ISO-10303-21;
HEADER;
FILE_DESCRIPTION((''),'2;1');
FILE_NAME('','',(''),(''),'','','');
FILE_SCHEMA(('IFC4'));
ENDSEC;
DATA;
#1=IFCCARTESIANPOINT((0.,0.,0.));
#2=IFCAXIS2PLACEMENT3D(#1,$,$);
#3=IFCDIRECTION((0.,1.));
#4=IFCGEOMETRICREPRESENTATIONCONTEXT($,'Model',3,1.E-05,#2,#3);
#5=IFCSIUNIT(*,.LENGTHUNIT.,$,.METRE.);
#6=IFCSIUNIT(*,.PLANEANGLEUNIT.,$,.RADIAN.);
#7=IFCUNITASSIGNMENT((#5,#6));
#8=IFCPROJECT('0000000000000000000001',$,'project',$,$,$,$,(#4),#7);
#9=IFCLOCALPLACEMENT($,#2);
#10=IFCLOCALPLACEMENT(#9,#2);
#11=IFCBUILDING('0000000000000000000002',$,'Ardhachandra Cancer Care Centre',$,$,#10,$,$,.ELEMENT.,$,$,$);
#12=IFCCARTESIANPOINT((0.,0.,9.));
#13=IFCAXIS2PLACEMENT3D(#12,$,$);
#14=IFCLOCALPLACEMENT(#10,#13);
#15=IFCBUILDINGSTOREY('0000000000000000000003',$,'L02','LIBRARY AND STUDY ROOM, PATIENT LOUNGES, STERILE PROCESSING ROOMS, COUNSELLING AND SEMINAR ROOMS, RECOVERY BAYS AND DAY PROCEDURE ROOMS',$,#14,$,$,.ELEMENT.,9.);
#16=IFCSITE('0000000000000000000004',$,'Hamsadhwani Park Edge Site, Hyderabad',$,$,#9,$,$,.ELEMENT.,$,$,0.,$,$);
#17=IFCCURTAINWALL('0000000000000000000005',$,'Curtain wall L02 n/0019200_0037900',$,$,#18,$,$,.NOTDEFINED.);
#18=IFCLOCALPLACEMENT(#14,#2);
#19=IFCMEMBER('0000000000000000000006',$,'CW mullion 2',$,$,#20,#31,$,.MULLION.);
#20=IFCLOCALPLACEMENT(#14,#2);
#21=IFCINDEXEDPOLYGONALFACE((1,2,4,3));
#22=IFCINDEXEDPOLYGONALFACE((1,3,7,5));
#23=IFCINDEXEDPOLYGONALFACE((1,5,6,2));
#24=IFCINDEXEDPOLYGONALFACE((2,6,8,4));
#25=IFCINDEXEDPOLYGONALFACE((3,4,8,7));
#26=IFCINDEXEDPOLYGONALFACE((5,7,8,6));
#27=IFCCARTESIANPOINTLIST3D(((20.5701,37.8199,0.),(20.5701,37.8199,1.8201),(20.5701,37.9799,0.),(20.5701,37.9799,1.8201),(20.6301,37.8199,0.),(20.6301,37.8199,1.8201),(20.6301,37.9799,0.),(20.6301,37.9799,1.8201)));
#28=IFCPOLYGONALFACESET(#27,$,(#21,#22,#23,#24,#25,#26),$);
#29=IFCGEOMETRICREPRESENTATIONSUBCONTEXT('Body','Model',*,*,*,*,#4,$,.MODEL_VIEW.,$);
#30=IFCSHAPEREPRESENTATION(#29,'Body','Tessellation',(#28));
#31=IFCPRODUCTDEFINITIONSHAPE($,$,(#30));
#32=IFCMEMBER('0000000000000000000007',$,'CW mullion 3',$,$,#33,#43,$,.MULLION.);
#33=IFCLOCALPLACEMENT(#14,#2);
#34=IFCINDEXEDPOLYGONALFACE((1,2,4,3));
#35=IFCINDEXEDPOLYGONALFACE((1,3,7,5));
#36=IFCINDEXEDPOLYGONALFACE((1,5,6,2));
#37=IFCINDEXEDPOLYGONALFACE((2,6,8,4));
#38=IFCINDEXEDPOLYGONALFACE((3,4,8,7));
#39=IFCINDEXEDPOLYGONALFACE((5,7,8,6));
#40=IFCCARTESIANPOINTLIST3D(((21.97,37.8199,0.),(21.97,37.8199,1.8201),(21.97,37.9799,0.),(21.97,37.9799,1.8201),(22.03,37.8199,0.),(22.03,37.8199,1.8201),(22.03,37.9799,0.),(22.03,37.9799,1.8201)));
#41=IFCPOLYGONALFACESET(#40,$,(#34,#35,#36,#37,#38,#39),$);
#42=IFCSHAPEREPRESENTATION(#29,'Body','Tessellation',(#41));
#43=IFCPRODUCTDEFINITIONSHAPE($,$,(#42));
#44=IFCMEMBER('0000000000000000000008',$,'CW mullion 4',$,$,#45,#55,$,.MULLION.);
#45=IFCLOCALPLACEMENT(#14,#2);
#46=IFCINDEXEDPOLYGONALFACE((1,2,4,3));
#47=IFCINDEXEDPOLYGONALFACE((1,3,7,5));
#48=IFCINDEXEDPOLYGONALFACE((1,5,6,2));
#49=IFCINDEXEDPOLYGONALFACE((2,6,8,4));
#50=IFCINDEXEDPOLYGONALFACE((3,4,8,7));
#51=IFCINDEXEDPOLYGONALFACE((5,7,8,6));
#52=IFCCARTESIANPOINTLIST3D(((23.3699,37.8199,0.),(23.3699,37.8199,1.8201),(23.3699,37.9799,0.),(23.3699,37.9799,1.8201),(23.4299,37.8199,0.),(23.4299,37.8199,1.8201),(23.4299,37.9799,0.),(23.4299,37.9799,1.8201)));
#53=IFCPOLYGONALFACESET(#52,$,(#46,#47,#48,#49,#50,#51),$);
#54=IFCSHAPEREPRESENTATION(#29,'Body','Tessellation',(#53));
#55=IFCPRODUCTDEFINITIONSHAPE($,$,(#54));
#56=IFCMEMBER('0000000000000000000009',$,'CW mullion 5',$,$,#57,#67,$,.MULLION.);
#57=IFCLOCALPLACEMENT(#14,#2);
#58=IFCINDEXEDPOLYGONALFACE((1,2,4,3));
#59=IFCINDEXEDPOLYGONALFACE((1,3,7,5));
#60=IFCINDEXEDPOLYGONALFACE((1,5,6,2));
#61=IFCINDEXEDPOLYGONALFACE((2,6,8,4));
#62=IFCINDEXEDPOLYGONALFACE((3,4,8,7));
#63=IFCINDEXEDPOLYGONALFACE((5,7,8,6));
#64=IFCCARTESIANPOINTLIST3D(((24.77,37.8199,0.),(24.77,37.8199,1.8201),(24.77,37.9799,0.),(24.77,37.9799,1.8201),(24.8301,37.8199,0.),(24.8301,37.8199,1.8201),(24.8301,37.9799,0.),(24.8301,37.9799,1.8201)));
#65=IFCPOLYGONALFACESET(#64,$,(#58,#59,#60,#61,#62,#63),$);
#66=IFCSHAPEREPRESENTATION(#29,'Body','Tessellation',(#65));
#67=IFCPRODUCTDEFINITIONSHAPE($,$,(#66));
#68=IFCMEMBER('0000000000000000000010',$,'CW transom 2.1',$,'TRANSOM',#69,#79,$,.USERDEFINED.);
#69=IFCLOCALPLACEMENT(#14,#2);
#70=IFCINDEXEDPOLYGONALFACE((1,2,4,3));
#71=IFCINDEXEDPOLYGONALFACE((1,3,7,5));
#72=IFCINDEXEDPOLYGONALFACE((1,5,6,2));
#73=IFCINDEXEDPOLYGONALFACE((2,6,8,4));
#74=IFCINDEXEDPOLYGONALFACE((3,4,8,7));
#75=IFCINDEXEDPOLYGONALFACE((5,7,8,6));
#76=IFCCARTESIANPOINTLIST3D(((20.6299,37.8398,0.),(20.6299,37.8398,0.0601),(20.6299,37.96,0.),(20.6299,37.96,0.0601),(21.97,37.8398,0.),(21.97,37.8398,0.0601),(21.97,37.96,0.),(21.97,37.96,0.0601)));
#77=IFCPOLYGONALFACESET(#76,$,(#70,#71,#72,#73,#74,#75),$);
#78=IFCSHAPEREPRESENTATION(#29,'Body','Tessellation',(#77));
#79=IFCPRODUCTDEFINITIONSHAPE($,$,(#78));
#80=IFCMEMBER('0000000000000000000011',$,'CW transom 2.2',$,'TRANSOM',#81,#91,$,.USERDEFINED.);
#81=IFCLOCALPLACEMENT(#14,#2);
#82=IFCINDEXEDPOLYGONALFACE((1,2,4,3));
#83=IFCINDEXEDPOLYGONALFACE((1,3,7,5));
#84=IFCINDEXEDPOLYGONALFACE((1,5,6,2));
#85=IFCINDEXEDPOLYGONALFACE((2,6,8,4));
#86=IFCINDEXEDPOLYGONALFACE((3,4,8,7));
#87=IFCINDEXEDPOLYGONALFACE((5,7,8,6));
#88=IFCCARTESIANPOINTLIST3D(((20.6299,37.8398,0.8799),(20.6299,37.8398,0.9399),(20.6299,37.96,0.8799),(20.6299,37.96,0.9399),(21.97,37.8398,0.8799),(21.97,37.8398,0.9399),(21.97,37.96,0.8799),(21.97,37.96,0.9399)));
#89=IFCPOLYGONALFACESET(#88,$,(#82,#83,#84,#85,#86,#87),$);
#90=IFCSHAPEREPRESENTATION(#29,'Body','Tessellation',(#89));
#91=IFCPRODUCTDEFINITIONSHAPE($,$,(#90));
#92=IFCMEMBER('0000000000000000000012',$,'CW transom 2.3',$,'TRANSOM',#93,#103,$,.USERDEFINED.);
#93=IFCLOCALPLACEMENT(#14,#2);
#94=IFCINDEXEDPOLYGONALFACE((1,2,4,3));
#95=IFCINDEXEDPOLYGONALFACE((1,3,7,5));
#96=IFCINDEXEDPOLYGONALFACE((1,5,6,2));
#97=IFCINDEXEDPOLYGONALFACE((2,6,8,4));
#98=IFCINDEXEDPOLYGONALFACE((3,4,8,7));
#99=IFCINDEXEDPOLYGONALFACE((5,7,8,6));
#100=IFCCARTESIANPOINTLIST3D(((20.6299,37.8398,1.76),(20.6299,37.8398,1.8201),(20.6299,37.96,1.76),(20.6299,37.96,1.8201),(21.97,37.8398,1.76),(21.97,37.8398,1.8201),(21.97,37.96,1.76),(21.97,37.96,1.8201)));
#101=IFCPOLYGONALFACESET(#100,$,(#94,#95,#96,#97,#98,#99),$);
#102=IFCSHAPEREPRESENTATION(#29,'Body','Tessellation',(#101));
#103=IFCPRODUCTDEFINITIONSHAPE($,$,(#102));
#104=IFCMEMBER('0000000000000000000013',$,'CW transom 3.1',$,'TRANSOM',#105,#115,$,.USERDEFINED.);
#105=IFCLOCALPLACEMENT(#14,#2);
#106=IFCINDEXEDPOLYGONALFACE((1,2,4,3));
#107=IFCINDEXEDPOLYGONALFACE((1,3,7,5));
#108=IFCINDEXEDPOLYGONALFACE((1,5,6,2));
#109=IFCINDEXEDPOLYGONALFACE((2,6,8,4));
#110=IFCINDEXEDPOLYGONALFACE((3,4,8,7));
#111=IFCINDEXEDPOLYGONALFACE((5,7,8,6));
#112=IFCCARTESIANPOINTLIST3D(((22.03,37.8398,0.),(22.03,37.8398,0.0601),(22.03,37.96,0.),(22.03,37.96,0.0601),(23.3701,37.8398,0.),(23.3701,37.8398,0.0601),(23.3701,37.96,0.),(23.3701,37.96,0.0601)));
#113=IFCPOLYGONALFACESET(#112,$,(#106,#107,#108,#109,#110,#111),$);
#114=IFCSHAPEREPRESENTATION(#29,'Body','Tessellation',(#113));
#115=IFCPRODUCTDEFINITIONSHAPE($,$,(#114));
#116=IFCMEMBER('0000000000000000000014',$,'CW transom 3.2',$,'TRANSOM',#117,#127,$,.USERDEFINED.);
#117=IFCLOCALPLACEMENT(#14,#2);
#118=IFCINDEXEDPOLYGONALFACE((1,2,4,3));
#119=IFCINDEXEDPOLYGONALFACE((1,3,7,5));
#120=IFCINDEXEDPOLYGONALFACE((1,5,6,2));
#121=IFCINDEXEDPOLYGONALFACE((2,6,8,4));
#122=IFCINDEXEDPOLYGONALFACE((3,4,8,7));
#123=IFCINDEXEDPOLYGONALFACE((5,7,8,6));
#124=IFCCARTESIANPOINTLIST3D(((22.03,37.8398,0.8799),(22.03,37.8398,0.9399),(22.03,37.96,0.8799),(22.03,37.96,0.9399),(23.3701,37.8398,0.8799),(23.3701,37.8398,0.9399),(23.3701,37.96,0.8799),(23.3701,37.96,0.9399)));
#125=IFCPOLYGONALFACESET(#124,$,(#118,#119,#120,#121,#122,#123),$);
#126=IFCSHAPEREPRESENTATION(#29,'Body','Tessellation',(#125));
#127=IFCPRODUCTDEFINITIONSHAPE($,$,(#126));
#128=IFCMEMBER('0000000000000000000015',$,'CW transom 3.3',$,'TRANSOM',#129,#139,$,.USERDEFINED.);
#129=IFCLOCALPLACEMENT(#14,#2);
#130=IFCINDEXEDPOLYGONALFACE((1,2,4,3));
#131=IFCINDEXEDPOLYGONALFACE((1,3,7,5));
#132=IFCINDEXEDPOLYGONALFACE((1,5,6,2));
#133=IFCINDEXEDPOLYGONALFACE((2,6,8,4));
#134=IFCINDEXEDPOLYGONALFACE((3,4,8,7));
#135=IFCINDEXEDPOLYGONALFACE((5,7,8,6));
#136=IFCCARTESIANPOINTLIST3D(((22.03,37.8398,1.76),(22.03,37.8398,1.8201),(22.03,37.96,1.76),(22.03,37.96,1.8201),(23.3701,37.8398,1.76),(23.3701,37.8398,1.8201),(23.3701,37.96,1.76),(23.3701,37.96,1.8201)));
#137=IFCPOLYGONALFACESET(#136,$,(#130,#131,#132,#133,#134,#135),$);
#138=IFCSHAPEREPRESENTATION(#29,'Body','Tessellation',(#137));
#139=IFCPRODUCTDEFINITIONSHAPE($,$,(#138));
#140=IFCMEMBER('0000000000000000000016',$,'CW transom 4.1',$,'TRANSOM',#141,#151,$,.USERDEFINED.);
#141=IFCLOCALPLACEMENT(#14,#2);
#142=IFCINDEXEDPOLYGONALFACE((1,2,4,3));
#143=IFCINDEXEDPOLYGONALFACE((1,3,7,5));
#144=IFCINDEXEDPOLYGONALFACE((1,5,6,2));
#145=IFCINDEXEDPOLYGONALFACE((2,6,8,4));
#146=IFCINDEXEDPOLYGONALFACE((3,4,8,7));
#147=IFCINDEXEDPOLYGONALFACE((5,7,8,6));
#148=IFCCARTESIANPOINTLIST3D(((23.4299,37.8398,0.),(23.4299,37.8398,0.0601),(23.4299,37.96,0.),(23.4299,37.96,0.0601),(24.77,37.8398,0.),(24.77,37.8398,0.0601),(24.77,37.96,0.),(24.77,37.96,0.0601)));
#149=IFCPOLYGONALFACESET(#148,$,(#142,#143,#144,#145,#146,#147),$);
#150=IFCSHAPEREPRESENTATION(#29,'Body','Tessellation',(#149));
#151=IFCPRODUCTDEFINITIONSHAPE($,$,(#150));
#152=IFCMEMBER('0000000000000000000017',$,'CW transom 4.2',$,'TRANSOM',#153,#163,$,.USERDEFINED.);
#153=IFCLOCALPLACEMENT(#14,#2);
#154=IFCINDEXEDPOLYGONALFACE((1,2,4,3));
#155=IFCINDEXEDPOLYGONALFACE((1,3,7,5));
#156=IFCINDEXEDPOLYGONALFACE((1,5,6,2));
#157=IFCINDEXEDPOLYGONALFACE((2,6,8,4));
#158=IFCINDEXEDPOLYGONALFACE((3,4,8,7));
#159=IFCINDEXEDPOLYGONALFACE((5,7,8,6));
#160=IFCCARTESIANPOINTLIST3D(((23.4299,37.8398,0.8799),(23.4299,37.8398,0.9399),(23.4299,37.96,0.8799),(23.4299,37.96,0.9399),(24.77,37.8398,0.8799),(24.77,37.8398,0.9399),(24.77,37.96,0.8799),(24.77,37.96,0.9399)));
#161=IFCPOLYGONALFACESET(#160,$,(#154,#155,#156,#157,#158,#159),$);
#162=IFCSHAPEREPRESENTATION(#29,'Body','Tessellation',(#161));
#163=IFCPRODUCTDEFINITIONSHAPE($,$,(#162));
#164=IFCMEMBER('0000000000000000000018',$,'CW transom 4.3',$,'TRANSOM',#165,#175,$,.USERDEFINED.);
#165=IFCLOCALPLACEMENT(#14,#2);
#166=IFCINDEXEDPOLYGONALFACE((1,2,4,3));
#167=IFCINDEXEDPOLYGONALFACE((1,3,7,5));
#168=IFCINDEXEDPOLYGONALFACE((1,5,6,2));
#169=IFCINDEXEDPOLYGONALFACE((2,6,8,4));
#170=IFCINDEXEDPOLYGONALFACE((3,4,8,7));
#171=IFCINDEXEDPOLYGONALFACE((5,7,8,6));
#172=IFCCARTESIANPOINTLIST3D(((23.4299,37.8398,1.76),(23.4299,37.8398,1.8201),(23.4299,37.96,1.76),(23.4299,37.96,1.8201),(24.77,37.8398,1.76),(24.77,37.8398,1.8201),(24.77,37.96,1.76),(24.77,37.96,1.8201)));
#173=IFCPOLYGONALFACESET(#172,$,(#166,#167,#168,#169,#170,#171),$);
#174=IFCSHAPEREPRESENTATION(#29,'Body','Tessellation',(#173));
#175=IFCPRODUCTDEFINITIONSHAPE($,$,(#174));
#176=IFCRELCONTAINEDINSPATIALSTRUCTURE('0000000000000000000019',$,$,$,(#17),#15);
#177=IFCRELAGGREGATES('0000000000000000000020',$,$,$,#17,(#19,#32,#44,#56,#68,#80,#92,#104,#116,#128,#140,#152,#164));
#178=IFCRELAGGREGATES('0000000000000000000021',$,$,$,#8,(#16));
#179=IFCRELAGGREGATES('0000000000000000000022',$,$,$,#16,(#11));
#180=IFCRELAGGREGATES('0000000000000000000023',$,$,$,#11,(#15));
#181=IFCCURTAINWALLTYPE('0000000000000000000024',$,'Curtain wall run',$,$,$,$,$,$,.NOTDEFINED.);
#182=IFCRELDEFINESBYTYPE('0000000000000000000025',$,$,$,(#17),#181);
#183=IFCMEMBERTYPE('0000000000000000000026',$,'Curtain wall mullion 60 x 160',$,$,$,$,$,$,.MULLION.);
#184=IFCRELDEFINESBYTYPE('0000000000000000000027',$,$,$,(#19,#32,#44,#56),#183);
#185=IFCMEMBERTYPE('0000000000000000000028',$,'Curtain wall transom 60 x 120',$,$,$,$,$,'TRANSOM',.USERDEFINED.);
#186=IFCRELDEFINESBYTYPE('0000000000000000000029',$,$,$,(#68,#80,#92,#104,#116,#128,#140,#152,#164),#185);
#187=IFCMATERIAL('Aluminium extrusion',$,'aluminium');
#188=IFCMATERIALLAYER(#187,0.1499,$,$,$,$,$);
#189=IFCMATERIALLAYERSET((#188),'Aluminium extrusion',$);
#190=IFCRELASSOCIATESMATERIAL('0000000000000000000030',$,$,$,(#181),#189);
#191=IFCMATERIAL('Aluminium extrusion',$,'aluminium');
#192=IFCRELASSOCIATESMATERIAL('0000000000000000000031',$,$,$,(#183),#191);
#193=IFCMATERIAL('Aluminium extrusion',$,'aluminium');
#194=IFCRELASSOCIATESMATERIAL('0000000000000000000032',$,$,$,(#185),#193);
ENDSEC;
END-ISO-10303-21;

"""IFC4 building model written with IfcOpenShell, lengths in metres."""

from ifc_helpers import new_model, si_unit, direction, frame, origin, origin_2d, place, context, subcontext, project, spatial, rectangle, extrude, material, layer, layer_set, material_profile, profile_set, type_object, element, aggregate, save


model = new_model("IFC4")

# Units and contexts
model_context = context("Model", 3, precision=1e-05, world=origin(), true_north=direction((0.0, 1.0)))
body_context = subcontext(model_context, "Body", "Model", "MODEL_VIEW")
ifc_project = project(units=[si_unit("LENGTHUNIT", "METRE"), si_unit("PLANEANGLEUNIT", "RADIAN")], contexts=[model_context])

# Site, building, storey
site_placement = place(None, origin())
site = spatial("IfcSite", under=ifc_project, at=site_placement, Name="Hamsadhwani Park Edge Site, Hyderabad", CompositionType="ELEMENT", RefElevation=0.0)
building_placement = place(site_placement, origin())
building = spatial("IfcBuilding", under=site, at=building_placement, Name="Ardhachandra Cancer Care Centre", CompositionType="ELEMENT")
storey_placement = place(building_placement, frame((0.0, 0.0, 9.0)))
storey = spatial("IfcBuildingStorey", under=building, at=storey_placement, Name="L02", Description="LIBRARY AND STUDY ROOM, PATIENT LOUNGES, STERILE PROCESSING ROOMS, COUNSELLING AND SEMINAR ROOMS, RECOVERY BAYS AND DAY PROCEDURE ROOMS", CompositionType="ELEMENT", Elevation=9.0)

# Curtain wall, members
ifc_material_1 = material(Name="Aluminium extrusion", Category="aluminium")
ifc_layer_1 = layer(ifc_material_1, 0.1499)
ifc_layer_set_1 = layer_set([ifc_layer_1], Name="Aluminium extrusion")
curtain_wall_type = type_object("IfcCurtainWallType", Name="Curtain wall run", PredefinedType="NOTDEFINED", material=ifc_layer_set_1)
curtain_wall_placement = place(storey_placement, origin())
curtain_wall = element("IfcCurtainWall", 1, at=curtain_wall_placement, inside=storey, type_object=curtain_wall_type, Name="Curtain wall L02 n/0019200_0037900", PredefinedType="NOTDEFINED")
ifc_material_2 = material(Name="Aluminium extrusion", Category="aluminium")
ifc_material_profile_1 = material_profile(ifc_material_2, rectangle(XDim=0.1599, YDim=0.0601, at=origin_2d()), Name="Curtain wall mullion 60 x 160")
ifc_profile_set_1 = profile_set([ifc_material_profile_1], Name="Aluminium extrusion")
member_type_1 = type_object("IfcMemberType", Name="Curtain wall mullion 60 x 160", PredefinedType="MULLION", material=ifc_profile_set_1)
member_1_placement = place(storey_placement, frame((20.6001, 37.8999, 0.0), z_axis=(0.0, 0.0, 1.0), x_axis=(0.0, 1.0, 0.0)))
member_1 = element("IfcMember", 2, at=member_1_placement, type_object=member_type_1, Name="CW mullion 2", PredefinedType="MULLION", context=body_context, shape_type="SweptSolid", body=[
    extrude(rectangle(XDim=0.1599, YDim=0.0601, at=origin_2d()), origin(), (0.0, 0.0, 1.0), 1.8201),
])
member_2_placement = place(storey_placement, frame((22.0, 37.8999, 0.0), z_axis=(0.0, 0.0, 1.0), x_axis=(0.0, 1.0, 0.0)))
member_2 = element("IfcMember", 3, at=member_2_placement, type_object=member_type_1, Name="CW mullion 3", PredefinedType="MULLION", context=body_context, shape_type="SweptSolid", body=[
    extrude(rectangle(XDim=0.1599, YDim=0.0601, at=origin_2d()), origin(), (0.0, 0.0, 1.0), 1.8201),
])
member_3_placement = place(storey_placement, frame((23.3999, 37.8999, 0.0), z_axis=(0.0, 0.0, 1.0), x_axis=(0.0, 1.0, 0.0)))
member_3 = element("IfcMember", 4, at=member_3_placement, type_object=member_type_1, Name="CW mullion 4", PredefinedType="MULLION", context=body_context, shape_type="SweptSolid", body=[
    extrude(rectangle(XDim=0.1599, YDim=0.0601, at=origin_2d()), origin(), (0.0, 0.0, 1.0), 1.8201),
])
member_4_placement = place(storey_placement, frame((24.8, 37.8999, 0.0), z_axis=(0.0, 0.0, 1.0), x_axis=(0.0, 1.0, 0.0)))
member_4 = element("IfcMember", 5, at=member_4_placement, type_object=member_type_1, Name="CW mullion 5", PredefinedType="MULLION", context=body_context, shape_type="SweptSolid", body=[
    extrude(rectangle(XDim=0.1599, YDim=0.0601, at=origin_2d()), origin(), (0.0, 0.0, 1.0), 1.8201),
])
ifc_material_3 = material(Name="Aluminium extrusion", Category="aluminium")
ifc_material_profile_2 = material_profile(ifc_material_3, rectangle(XDim=0.1201, YDim=0.0601, at=origin_2d()), Name="Curtain wall transom 60 x 120")
ifc_profile_set_2 = profile_set([ifc_material_profile_2], Name="Aluminium extrusion")
member_type_2 = type_object("IfcMemberType", Name="Curtain wall transom 60 x 120", ElementType="TRANSOM", PredefinedType="USERDEFINED", material=ifc_profile_set_2)
member_5_placement = place(storey_placement, frame((20.6299, 37.8999, 0.03), z_axis=(1.0, 0.0, 0.0), x_axis=(0.0, 1.0, 0.0)))
member_5 = element("IfcMember", 6, at=member_5_placement, type_object=member_type_2, Name="CW transom 2.1", ObjectType="TRANSOM", PredefinedType="USERDEFINED", context=body_context, shape_type="SweptSolid", body=[
    extrude(rectangle(XDim=0.1201, YDim=0.0601, at=origin_2d()), origin(), (0.0, 0.0, 1.0), 1.3401),
])
member_6_placement = place(storey_placement, frame((20.6299, 37.8999, 0.9099), z_axis=(1.0, 0.0, 0.0), x_axis=(0.0, 1.0, 0.0)))
member_6 = element("IfcMember", 7, at=member_6_placement, type_object=member_type_2, Name="CW transom 2.2", ObjectType="TRANSOM", PredefinedType="USERDEFINED", context=body_context, shape_type="SweptSolid", body=[
    extrude(rectangle(XDim=0.1201, YDim=0.0601, at=origin_2d()), origin(), (0.0, 0.0, 1.0), 1.3401),
])
member_7_placement = place(storey_placement, frame((20.6299, 37.8999, 1.79), z_axis=(1.0, 0.0, 0.0), x_axis=(0.0, 1.0, 0.0)))
member_7 = element("IfcMember", 8, at=member_7_placement, type_object=member_type_2, Name="CW transom 2.3", ObjectType="TRANSOM", PredefinedType="USERDEFINED", context=body_context, shape_type="SweptSolid", body=[
    extrude(rectangle(XDim=0.1201, YDim=0.0601, at=origin_2d()), origin(), (0.0, 0.0, 1.0), 1.3401),
])
member_8_placement = place(storey_placement, frame((22.03, 37.8999, 0.03), z_axis=(1.0, 0.0, 0.0), x_axis=(0.0, 1.0, 0.0)))
member_8 = element("IfcMember", 9, at=member_8_placement, type_object=member_type_2, Name="CW transom 3.1", ObjectType="TRANSOM", PredefinedType="USERDEFINED", context=body_context, shape_type="SweptSolid", body=[
    extrude(rectangle(XDim=0.1201, YDim=0.0601, at=origin_2d()), origin(), (0.0, 0.0, 1.0), 1.3401),
])
member_9_placement = place(storey_placement, frame((22.03, 37.8999, 0.9099), z_axis=(1.0, 0.0, 0.0), x_axis=(0.0, 1.0, 0.0)))
member_9 = element("IfcMember", 10, at=member_9_placement, type_object=member_type_2, Name="CW transom 3.2", ObjectType="TRANSOM", PredefinedType="USERDEFINED", context=body_context, shape_type="SweptSolid", body=[
    extrude(rectangle(XDim=0.1201, YDim=0.0601, at=origin_2d()), origin(), (0.0, 0.0, 1.0), 1.3401),
])
member_10_placement = place(storey_placement, frame((22.03, 37.8999, 1.79), z_axis=(1.0, 0.0, 0.0), x_axis=(0.0, 1.0, 0.0)))
member_10 = element("IfcMember", 11, at=member_10_placement, type_object=member_type_2, Name="CW transom 3.3", ObjectType="TRANSOM", PredefinedType="USERDEFINED", context=body_context, shape_type="SweptSolid", body=[
    extrude(rectangle(XDim=0.1201, YDim=0.0601, at=origin_2d()), origin(), (0.0, 0.0, 1.0), 1.3401),
])
member_11_placement = place(storey_placement, frame((23.4299, 37.8999, 0.03), z_axis=(1.0, 0.0, 0.0), x_axis=(0.0, 1.0, 0.0)))
member_11 = element("IfcMember", 12, at=member_11_placement, type_object=member_type_2, Name="CW transom 4.1", ObjectType="TRANSOM", PredefinedType="USERDEFINED", context=body_context, shape_type="SweptSolid", body=[
    extrude(rectangle(XDim=0.1201, YDim=0.0601, at=origin_2d()), origin(), (0.0, 0.0, 1.0), 1.3401),
])
member_12_placement = place(storey_placement, frame((23.4299, 37.8999, 0.9099), z_axis=(1.0, 0.0, 0.0), x_axis=(0.0, 1.0, 0.0)))
member_12 = element("IfcMember", 13, at=member_12_placement, type_object=member_type_2, Name="CW transom 4.2", ObjectType="TRANSOM", PredefinedType="USERDEFINED", context=body_context, shape_type="SweptSolid", body=[
    extrude(rectangle(XDim=0.1201, YDim=0.0601, at=origin_2d()), origin(), (0.0, 0.0, 1.0), 1.3401),
])
member_13_placement = place(storey_placement, frame((23.4299, 37.8999, 1.79), z_axis=(1.0, 0.0, 0.0), x_axis=(0.0, 1.0, 0.0)))
member_13 = element("IfcMember", 14, at=member_13_placement, type_object=member_type_2, Name="CW transom 4.3", ObjectType="TRANSOM", PredefinedType="USERDEFINED", context=body_context, shape_type="SweptSolid", body=[
    extrude(rectangle(XDim=0.1201, YDim=0.0601, at=origin_2d()), origin(), (0.0, 0.0, 1.0), 1.3401),
])

aggregate(curtain_wall, [member_1, member_2, member_3, member_4, member_5, member_6, member_7, member_8, member_9, member_10, member_11, member_12, member_13])

save(model, "model.ifc")
